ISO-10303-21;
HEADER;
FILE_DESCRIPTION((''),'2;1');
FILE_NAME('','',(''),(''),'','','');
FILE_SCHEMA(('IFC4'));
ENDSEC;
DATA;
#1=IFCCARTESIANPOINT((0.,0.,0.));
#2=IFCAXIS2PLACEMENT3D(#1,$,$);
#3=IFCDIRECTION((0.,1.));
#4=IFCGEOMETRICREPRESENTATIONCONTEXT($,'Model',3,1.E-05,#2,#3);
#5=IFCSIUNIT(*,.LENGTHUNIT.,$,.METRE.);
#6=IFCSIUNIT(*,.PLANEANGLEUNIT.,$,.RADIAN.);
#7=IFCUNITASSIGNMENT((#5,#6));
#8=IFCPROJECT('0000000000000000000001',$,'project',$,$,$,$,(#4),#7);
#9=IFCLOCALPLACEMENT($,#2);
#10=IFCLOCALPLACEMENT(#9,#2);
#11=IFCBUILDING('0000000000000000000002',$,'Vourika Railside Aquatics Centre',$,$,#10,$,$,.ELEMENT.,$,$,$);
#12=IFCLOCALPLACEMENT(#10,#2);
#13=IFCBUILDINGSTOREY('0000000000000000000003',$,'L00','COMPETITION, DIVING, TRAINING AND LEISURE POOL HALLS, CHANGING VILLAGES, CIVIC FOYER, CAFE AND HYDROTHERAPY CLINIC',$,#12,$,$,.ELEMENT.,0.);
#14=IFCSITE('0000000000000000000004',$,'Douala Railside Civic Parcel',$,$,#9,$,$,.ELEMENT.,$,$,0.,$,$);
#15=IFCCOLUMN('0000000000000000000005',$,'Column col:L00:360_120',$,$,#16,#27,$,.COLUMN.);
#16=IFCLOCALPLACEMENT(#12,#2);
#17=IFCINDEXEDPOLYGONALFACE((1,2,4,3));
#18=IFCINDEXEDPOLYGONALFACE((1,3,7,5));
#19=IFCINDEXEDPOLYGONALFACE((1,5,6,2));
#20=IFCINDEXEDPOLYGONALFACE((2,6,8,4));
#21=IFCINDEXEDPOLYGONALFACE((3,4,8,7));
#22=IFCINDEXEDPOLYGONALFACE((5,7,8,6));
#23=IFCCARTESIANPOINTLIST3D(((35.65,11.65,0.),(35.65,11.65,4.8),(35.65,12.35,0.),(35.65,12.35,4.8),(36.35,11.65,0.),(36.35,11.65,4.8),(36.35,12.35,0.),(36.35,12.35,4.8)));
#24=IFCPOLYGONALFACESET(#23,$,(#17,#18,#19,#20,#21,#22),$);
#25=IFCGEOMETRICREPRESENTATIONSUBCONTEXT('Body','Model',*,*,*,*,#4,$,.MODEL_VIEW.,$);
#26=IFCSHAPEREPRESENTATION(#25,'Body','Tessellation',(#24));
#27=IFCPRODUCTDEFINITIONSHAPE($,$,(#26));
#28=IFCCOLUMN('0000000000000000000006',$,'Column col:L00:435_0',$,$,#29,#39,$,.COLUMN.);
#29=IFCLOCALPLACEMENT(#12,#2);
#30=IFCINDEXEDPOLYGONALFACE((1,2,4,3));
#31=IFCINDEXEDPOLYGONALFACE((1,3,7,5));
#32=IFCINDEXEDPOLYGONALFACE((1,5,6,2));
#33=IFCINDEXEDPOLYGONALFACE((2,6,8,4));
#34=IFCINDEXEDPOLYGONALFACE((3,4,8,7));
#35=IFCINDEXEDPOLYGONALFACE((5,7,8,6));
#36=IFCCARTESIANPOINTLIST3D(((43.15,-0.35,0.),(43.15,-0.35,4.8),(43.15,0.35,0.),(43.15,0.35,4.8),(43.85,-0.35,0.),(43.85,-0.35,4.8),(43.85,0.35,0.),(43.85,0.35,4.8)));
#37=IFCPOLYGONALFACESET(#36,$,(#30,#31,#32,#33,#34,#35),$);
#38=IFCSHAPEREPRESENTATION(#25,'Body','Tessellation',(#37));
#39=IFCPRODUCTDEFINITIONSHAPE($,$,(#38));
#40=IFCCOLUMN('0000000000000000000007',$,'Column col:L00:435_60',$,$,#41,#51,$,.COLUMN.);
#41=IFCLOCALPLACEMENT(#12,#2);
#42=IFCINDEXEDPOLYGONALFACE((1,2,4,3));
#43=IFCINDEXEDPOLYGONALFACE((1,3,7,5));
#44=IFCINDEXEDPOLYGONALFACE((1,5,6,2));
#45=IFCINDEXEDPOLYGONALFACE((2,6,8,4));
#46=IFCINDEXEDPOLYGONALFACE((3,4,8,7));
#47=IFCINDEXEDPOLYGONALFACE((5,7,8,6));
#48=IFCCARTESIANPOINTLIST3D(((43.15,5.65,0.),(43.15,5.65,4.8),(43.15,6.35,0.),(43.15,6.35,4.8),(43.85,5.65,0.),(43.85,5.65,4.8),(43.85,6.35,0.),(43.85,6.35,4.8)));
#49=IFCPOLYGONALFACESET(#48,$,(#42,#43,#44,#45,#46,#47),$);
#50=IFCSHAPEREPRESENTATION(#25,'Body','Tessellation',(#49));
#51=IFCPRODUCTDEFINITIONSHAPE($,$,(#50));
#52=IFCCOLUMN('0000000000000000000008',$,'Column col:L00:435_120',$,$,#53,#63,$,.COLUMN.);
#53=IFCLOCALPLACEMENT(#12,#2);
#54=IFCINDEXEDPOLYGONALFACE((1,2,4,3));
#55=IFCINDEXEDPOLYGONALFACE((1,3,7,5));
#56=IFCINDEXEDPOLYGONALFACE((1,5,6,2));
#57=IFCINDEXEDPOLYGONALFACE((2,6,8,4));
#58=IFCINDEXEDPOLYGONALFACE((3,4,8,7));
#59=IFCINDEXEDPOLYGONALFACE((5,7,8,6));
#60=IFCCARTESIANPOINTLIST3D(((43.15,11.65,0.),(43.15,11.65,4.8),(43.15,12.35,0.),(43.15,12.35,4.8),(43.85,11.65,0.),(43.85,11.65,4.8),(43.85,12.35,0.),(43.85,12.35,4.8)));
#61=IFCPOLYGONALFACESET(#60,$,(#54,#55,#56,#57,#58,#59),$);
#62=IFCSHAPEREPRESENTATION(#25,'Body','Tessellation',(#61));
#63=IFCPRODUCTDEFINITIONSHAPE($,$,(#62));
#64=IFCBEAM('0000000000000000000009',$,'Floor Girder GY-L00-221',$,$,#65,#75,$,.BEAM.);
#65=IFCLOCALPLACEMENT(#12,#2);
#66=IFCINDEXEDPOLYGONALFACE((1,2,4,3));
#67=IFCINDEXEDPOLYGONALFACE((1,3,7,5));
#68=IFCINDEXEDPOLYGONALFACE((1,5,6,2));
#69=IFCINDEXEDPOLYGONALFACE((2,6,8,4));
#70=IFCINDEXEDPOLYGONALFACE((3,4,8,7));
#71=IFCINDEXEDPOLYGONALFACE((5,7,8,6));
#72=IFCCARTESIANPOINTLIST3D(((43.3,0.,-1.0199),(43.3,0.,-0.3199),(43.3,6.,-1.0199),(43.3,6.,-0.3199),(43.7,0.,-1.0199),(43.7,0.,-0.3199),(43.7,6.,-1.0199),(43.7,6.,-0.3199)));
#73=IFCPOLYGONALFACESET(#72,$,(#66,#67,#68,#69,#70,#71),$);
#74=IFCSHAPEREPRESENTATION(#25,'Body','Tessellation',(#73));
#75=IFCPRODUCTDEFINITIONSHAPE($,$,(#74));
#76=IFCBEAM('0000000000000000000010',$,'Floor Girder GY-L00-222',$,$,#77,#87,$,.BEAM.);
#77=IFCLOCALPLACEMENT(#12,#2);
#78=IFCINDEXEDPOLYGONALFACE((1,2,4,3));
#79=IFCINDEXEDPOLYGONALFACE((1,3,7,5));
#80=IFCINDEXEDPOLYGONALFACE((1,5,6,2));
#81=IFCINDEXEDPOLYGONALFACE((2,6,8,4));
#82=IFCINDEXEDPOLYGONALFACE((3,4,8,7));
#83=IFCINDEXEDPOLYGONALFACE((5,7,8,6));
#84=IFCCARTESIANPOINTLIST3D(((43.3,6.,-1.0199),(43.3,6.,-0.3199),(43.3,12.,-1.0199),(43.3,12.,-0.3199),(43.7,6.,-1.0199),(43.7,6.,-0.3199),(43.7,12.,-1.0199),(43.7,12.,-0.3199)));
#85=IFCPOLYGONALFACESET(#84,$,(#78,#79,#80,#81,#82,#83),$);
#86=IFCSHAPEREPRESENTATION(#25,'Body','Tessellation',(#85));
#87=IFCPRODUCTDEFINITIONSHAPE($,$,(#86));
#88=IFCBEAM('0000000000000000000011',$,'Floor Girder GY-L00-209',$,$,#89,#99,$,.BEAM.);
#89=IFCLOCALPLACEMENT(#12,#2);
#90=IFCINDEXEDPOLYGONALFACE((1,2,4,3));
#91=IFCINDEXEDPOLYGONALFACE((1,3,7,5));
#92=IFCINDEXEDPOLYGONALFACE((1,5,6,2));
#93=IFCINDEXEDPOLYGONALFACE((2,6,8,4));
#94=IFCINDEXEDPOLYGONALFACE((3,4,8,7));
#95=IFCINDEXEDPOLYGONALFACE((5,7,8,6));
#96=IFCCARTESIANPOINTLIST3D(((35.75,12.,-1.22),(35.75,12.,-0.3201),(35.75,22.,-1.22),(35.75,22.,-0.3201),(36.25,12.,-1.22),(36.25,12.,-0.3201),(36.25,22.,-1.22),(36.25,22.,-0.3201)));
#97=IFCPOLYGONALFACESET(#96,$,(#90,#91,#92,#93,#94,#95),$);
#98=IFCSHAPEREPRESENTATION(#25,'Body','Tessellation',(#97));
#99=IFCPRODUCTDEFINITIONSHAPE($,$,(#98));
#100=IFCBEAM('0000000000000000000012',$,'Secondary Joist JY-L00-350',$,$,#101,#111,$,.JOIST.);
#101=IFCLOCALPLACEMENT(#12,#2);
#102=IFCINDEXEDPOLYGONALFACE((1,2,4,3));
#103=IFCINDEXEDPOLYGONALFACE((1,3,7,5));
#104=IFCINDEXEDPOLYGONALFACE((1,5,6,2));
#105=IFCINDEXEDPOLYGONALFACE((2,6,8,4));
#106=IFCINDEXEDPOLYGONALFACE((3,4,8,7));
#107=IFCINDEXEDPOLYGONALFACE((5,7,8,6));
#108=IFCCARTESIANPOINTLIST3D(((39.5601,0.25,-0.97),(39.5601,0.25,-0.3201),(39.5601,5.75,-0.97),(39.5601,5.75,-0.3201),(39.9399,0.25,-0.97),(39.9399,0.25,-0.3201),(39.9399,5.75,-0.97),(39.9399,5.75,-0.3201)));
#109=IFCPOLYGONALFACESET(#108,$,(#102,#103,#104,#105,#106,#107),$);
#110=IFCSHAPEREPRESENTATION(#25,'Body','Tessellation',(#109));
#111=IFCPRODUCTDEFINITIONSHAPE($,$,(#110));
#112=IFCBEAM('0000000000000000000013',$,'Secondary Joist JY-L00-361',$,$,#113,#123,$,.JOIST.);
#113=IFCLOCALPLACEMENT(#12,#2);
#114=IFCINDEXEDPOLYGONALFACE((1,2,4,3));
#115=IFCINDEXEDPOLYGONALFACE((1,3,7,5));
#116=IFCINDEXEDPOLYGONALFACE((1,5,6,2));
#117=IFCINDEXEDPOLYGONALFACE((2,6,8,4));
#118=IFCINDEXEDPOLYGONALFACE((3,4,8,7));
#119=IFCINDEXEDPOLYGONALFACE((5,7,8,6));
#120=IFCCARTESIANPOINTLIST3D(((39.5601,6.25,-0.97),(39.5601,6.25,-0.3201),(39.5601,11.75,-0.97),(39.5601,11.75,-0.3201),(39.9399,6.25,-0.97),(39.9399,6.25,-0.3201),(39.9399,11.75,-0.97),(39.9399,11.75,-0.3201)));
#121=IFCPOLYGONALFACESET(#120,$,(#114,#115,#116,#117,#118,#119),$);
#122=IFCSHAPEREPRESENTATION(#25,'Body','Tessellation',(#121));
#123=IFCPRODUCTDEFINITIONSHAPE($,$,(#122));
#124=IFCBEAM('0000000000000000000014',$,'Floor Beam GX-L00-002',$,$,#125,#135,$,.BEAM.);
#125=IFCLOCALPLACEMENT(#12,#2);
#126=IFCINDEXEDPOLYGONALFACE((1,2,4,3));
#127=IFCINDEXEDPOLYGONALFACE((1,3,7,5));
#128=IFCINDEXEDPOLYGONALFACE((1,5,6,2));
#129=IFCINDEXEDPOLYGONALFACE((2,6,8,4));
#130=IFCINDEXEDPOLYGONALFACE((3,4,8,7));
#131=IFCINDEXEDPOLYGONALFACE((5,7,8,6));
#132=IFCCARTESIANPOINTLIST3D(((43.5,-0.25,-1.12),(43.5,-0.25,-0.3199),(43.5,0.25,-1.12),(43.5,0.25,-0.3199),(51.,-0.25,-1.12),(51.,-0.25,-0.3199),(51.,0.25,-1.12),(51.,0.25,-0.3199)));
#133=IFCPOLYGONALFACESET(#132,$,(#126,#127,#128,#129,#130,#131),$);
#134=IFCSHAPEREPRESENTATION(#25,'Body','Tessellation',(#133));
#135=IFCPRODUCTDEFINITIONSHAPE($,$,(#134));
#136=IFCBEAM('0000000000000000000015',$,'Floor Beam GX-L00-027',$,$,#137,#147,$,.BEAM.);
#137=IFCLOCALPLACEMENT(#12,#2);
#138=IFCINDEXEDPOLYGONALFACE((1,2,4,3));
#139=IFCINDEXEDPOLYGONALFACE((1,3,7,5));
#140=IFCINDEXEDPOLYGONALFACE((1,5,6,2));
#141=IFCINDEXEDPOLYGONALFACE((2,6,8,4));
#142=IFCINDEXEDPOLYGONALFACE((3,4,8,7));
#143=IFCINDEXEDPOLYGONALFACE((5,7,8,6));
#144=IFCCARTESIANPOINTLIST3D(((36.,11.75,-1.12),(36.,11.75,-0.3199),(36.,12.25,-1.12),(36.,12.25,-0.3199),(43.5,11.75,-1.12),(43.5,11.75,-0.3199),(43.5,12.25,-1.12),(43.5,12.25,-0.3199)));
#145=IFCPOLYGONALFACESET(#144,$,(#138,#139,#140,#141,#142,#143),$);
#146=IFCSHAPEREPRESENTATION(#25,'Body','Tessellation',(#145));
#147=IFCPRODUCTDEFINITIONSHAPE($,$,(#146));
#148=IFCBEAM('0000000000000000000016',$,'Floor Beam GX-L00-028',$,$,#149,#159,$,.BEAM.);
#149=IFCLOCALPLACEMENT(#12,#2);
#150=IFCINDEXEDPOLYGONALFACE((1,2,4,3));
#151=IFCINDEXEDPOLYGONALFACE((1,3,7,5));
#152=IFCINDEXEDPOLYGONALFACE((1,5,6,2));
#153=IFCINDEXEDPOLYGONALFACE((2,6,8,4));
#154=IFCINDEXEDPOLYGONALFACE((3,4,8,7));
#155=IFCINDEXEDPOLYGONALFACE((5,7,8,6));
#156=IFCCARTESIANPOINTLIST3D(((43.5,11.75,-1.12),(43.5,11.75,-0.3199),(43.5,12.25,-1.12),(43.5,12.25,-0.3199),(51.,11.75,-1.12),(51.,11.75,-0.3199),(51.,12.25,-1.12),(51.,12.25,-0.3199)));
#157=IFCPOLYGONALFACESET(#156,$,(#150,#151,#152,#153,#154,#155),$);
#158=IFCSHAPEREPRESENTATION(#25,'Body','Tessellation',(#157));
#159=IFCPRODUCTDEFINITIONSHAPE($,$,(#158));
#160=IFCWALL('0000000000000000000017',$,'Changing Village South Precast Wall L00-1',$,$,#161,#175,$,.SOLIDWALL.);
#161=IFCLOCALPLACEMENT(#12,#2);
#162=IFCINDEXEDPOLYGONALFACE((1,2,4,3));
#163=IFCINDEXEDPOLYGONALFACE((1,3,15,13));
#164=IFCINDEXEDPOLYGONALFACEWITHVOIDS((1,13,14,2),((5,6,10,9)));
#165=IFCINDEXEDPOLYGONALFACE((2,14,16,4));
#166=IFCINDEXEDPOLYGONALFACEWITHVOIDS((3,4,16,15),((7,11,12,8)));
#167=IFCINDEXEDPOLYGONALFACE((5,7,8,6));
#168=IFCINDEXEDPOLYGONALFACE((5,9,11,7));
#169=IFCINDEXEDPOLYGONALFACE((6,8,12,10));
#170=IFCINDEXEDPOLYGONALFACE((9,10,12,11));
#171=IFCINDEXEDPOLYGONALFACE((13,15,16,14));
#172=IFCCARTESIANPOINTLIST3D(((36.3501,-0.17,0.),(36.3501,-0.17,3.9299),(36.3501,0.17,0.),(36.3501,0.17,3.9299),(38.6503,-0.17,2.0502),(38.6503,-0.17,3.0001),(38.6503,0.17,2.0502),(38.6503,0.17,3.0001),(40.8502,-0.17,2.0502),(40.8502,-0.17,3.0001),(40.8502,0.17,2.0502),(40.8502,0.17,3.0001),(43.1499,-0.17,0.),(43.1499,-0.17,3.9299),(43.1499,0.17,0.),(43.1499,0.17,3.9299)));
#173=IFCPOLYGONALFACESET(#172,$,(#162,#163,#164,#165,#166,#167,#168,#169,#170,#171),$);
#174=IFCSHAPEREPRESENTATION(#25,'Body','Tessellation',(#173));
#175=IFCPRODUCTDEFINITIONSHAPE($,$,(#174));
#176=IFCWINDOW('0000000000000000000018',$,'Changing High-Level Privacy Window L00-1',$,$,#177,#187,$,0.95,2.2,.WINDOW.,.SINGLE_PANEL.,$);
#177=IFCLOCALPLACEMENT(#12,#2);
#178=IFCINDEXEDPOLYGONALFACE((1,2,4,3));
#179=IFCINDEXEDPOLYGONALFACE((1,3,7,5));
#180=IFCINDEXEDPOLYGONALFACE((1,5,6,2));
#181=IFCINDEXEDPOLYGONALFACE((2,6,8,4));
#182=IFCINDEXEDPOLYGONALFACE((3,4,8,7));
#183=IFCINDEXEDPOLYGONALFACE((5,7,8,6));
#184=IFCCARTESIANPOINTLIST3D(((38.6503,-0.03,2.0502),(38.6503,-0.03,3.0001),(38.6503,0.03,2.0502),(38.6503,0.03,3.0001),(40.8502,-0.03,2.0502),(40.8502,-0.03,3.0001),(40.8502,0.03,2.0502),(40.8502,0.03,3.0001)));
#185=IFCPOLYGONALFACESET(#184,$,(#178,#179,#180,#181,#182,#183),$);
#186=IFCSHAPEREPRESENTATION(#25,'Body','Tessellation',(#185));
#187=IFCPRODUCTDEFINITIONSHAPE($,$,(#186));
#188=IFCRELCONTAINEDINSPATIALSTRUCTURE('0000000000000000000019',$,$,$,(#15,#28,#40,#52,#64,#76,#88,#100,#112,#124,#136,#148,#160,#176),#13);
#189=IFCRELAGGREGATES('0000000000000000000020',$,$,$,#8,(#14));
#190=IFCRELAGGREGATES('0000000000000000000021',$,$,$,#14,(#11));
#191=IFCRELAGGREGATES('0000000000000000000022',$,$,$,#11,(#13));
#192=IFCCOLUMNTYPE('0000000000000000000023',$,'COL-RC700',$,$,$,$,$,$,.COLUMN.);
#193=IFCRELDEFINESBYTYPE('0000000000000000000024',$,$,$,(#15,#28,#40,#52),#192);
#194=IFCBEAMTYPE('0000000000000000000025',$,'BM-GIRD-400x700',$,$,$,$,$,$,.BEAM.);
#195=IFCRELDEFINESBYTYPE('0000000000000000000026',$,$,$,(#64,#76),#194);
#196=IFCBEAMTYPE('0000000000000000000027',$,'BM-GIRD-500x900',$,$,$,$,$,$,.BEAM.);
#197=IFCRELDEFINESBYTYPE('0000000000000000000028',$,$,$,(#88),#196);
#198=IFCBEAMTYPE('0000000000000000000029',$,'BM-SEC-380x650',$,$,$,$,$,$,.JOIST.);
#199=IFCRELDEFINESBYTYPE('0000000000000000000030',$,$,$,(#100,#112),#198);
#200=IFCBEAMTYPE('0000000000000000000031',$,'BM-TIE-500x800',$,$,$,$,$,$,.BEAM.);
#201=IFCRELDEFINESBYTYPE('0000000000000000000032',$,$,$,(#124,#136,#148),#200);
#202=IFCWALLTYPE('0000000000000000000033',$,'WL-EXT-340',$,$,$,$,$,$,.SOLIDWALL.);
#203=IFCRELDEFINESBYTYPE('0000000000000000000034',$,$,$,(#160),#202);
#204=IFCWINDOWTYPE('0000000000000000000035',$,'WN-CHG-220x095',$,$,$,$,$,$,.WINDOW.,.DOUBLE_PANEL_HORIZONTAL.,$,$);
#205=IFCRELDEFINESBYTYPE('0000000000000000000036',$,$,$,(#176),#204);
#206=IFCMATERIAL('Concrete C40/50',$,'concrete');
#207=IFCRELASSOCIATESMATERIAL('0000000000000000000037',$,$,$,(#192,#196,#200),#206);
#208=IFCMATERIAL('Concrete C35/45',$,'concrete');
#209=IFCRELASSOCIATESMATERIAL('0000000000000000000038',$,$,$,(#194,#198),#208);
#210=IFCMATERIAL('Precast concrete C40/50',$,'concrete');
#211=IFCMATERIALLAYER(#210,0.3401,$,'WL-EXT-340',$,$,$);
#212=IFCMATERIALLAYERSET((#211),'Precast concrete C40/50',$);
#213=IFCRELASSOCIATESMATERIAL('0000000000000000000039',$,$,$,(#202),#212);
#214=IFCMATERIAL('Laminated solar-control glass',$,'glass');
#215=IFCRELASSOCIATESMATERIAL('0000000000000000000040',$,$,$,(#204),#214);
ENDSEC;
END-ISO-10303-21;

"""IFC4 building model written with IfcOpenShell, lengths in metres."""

from ifc_helpers import new_model, si_unit, direction, frame, frame_2d, origin, origin_2d, place, context, subcontext, project, spatial, rectangle, extrude, material, layer, layer_set, material_profile, profile_set, type_object, element, fill, save


model = new_model("IFC4")

# Units and contexts
model_context = context("Model", 3, precision=1e-05, world=origin(), true_north=direction((0.0, 1.0)))
body_context = subcontext(model_context, "Body", "Model", "MODEL_VIEW")
ifc_project = project(units=[si_unit("LENGTHUNIT", "METRE"), si_unit("PLANEANGLEUNIT", "RADIAN")], contexts=[model_context])

# Site, building, storey
site_placement = place(None, origin())
site = spatial("IfcSite", under=ifc_project, at=site_placement, Name="Douala Railside Civic Parcel", CompositionType="ELEMENT", RefElevation=0.0)
building_placement = place(site_placement, origin())
building = spatial("IfcBuilding", under=site, at=building_placement, Name="Vourika Railside Aquatics Centre", CompositionType="ELEMENT")
storey_placement = place(building_placement, origin())
storey = spatial("IfcBuildingStorey", under=building, at=storey_placement, Name="L00", Description="COMPETITION, DIVING, TRAINING AND LEISURE POOL HALLS, CHANGING VILLAGES, CIVIC FOYER, CAFE AND HYDROTHERAPY CLINIC", CompositionType="ELEMENT", Elevation=0.0)

# Columns
ifc_material_1 = material(Name="Concrete C40/50", Category="concrete")
ifc_material_profile_1 = material_profile(ifc_material_1, rectangle(XDim=0.7, YDim=0.7, at=origin_2d()), Name="RC 700x700")
ifc_profile_set_1 = profile_set([ifc_material_profile_1], Name="Concrete C40/50")
column_type = type_object("IfcColumnType", Name="COL-RC700", PredefinedType="COLUMN", material=ifc_profile_set_1)
for number, where, z_axis, x_axis, name in (
    (1, (36.0, 12.0, 0.0), (0.0, 0.0, 1.0), (1.0, 0.0, 0.0), "Column col:L00:360_120"),
    (2, (43.5, 0.0, 0.0), (0.0, 0.0, 1.0), (1.0, 0.0, 0.0), "Column col:L00:435_0"),
    (3, (43.5, 6.0, 0.0), (0.0, 0.0, 1.0), (1.0, 0.0, 0.0), "Column col:L00:435_60"),
    (4, (43.5, 12.0, 0.0), (0.0, 0.0, 1.0), (1.0, 0.0, 0.0), "Column col:L00:435_120"),
):
    element("IfcColumn", number, at=place(storey_placement, frame(where, z_axis=z_axis, x_axis=x_axis)), inside=storey, type_object=column_type, Name=name, PredefinedType="COLUMN", context=body_context, shape_type="SweptSolid", body=[
        extrude(rectangle(XDim=0.7, YDim=0.7, at=origin_2d()), origin(), (0.0, 0.0, 1.0), 4.8),
    ])

# Beams
ifc_material_2 = material(Name="Concrete C35/45", Category="concrete")
ifc_material_profile_2 = material_profile(ifc_material_2, rectangle(XDim=0.3999, YDim=0.7, at=origin_2d()), Name="RC 400x700")
ifc_profile_set_2 = profile_set([ifc_material_profile_2], Name="Concrete C35/45")
beam_type_1 = type_object("IfcBeamType", Name="BM-GIRD-400x700", PredefinedType="BEAM", material=ifc_profile_set_2)
for number, where, z_axis, x_axis, name in (
    (5, (43.5, 0.0, -0.6699), (0.0, 1.0, 0.0), (-1.0, 0.0, 0.0), "Floor Girder GY-L00-221"),
    (6, (43.5, 6.0, -0.6699), (0.0, 1.0, 0.0), (-1.0, 0.0, 0.0), "Floor Girder GY-L00-222"),
):
    element("IfcBeam", number, at=place(storey_placement, frame(where, z_axis=z_axis, x_axis=x_axis)), inside=storey, type_object=beam_type_1, Name=name, PredefinedType="BEAM", context=body_context, shape_type="SweptSolid", body=[
        extrude(rectangle(XDim=0.3999, YDim=0.7, at=origin_2d()), origin(), (0.0, 0.0, 1.0), 6.0),
    ])
ifc_material_profile_3 = material_profile(ifc_material_1, rectangle(XDim=0.5, YDim=0.8999, at=origin_2d()), Name="RC 500x900")
ifc_profile_set_3 = profile_set([ifc_material_profile_3], Name="Concrete C40/50")
beam_type_2 = type_object("IfcBeamType", Name="BM-GIRD-500x900", PredefinedType="BEAM", material=ifc_profile_set_3)
beam_placement = place(storey_placement, frame((36.0, 12.0, -0.77), z_axis=(0.0, 1.0, 0.0), x_axis=(-1.0, 0.0, 0.0)))
element("IfcBeam", 7, at=beam_placement, inside=storey, type_object=beam_type_2, Name="Floor Girder GY-L00-209", PredefinedType="BEAM", context=body_context, shape_type="SweptSolid", body=[
    extrude(rectangle(XDim=0.5, YDim=0.8999, at=origin_2d()), origin(), (0.0, 0.0, 1.0), 10.0),
])
ifc_material_profile_4 = material_profile(ifc_material_2, rectangle(XDim=0.3799, YDim=0.6499, at=origin_2d()), Name="RC 380x650")
ifc_profile_set_4 = profile_set([ifc_material_profile_4], Name="Concrete C35/45")
beam_type_3 = type_object("IfcBeamType", Name="BM-SEC-380x650", PredefinedType="JOIST", material=ifc_profile_set_4)
for number, where, z_axis, x_axis, name in (
    (8, (39.75, 0.25, -0.645), (0.0, 1.0, 0.0), (-1.0, 0.0, 0.0), "Secondary Joist JY-L00-350"),
    (9, (39.75, 6.25, -0.645), (0.0, 1.0, 0.0), (-1.0, 0.0, 0.0), "Secondary Joist JY-L00-361"),
):
    element("IfcBeam", number, at=place(storey_placement, frame(where, z_axis=z_axis, x_axis=x_axis)), inside=storey, type_object=beam_type_3, Name=name, PredefinedType="JOIST", context=body_context, shape_type="SweptSolid", body=[
        extrude(rectangle(XDim=0.3799, YDim=0.6499, at=origin_2d()), origin(), (0.0, 0.0, 1.0), 5.5),
    ])
ifc_material_profile_5 = material_profile(ifc_material_1, rectangle(XDim=0.5, YDim=0.8, at=origin_2d()), Name="RC 500x800")
ifc_profile_set_5 = profile_set([ifc_material_profile_5], Name="Concrete C40/50")
beam_type_4 = type_object("IfcBeamType", Name="BM-TIE-500x800", PredefinedType="BEAM", material=ifc_profile_set_5)
for number, where, z_axis, x_axis, name in (
    (10, (43.5, 0.0, -0.72), (1.0, 0.0, 0.0), (0.0, 1.0, 0.0), "Floor Beam GX-L00-002"),
    (11, (36.0, 12.0, -0.72), (1.0, 0.0, 0.0), (0.0, 1.0, 0.0), "Floor Beam GX-L00-027"),
    (12, (43.5, 12.0, -0.72), (1.0, 0.0, 0.0), (0.0, 1.0, 0.0), "Floor Beam GX-L00-028"),
):
    element("IfcBeam", number, at=place(storey_placement, frame(where, z_axis=z_axis, x_axis=x_axis)), inside=storey, type_object=beam_type_4, Name=name, PredefinedType="BEAM", context=body_context, shape_type="SweptSolid", body=[
        extrude(rectangle(XDim=0.5, YDim=0.8, at=origin_2d()), origin(), (0.0, 0.0, 1.0), 7.5),
    ])

# Wall, opening, window
ifc_material_3 = material(Name="Precast concrete C40/50", Category="concrete")
ifc_layer_1 = layer(ifc_material_3, 0.3401, Name="WL-EXT-340")
ifc_layer_set_1 = layer_set([ifc_layer_1], Name="Precast concrete C40/50")
wall_type_1 = type_object("IfcWallType", Name="WL-EXT-340", PredefinedType="SOLIDWALL", material=ifc_layer_set_1)
wall_1_placement = place(storey_placement, frame((36.3501, 0.0, 0.0), z_axis=(0.0, 0.0, 1.0), x_axis=(1.0, 0.0, 0.0)))
wall_1 = element("IfcWall", 13, at=wall_1_placement, inside=storey, type_object=wall_type_1, Name="Changing Village South Precast Wall L00-1", PredefinedType="SOLIDWALL", context=body_context, shape_type="SweptSolid", body=[
    extrude(rectangle(XDim=6.7998, YDim=0.3401, at=frame_2d((3.3999, 0.0))), origin(), (0.0, 0.0, 1.0), 3.9299),
])
opening_1_placement = place(wall_1_placement, frame((2.3, 0.0, 2.05)))
opening_1 = element("IfcOpeningElement", 14, at=opening_1_placement, cuts=wall_1, PredefinedType="OPENING", context=body_context, shape_type="SweptSolid", body=[
    extrude(rectangle(XDim=2.2, YDim=0.95, at=frame_2d((1.1001, 0.4751))), frame((0.0, 0.1802, 0.0), z_axis=(0.0, -1.0, 0.0), x_axis=(1.0, 0.0, 0.0)), (0.0, 0.0, 1.0), 0.3601),
])
ifc_material_4 = material(Name="Laminated solar-control glass", Category="glass")
window_type_1 = type_object("IfcWindowType", Name="WN-CHG-220x095", PartitioningType="DOUBLE_PANEL_HORIZONTAL", PredefinedType="WINDOW", material=ifc_material_4)
window_1_placement = place(opening_1_placement, origin())
window_1 = element("IfcWindow", 15, at=window_1_placement, inside=storey, type_object=window_type_1, Name="Changing High-Level Privacy Window L00-1", OverallHeight=0.95, OverallWidth=2.2, PartitioningType="SINGLE_PANEL", PredefinedType="WINDOW", context=body_context, shape_type="SweptSolid", body=[
    extrude(rectangle(XDim=2.2, YDim=0.95, at=frame_2d((1.1001, 0.4751))), frame((0.0, 0.03, 0.0), z_axis=(0.0, -1.0, 0.0), x_axis=(1.0, 0.0, 0.0)), (0.0, 0.0, 1.0), 0.0601),
])
fill(opening_1, window_1)

save(model, "model.ifc")
